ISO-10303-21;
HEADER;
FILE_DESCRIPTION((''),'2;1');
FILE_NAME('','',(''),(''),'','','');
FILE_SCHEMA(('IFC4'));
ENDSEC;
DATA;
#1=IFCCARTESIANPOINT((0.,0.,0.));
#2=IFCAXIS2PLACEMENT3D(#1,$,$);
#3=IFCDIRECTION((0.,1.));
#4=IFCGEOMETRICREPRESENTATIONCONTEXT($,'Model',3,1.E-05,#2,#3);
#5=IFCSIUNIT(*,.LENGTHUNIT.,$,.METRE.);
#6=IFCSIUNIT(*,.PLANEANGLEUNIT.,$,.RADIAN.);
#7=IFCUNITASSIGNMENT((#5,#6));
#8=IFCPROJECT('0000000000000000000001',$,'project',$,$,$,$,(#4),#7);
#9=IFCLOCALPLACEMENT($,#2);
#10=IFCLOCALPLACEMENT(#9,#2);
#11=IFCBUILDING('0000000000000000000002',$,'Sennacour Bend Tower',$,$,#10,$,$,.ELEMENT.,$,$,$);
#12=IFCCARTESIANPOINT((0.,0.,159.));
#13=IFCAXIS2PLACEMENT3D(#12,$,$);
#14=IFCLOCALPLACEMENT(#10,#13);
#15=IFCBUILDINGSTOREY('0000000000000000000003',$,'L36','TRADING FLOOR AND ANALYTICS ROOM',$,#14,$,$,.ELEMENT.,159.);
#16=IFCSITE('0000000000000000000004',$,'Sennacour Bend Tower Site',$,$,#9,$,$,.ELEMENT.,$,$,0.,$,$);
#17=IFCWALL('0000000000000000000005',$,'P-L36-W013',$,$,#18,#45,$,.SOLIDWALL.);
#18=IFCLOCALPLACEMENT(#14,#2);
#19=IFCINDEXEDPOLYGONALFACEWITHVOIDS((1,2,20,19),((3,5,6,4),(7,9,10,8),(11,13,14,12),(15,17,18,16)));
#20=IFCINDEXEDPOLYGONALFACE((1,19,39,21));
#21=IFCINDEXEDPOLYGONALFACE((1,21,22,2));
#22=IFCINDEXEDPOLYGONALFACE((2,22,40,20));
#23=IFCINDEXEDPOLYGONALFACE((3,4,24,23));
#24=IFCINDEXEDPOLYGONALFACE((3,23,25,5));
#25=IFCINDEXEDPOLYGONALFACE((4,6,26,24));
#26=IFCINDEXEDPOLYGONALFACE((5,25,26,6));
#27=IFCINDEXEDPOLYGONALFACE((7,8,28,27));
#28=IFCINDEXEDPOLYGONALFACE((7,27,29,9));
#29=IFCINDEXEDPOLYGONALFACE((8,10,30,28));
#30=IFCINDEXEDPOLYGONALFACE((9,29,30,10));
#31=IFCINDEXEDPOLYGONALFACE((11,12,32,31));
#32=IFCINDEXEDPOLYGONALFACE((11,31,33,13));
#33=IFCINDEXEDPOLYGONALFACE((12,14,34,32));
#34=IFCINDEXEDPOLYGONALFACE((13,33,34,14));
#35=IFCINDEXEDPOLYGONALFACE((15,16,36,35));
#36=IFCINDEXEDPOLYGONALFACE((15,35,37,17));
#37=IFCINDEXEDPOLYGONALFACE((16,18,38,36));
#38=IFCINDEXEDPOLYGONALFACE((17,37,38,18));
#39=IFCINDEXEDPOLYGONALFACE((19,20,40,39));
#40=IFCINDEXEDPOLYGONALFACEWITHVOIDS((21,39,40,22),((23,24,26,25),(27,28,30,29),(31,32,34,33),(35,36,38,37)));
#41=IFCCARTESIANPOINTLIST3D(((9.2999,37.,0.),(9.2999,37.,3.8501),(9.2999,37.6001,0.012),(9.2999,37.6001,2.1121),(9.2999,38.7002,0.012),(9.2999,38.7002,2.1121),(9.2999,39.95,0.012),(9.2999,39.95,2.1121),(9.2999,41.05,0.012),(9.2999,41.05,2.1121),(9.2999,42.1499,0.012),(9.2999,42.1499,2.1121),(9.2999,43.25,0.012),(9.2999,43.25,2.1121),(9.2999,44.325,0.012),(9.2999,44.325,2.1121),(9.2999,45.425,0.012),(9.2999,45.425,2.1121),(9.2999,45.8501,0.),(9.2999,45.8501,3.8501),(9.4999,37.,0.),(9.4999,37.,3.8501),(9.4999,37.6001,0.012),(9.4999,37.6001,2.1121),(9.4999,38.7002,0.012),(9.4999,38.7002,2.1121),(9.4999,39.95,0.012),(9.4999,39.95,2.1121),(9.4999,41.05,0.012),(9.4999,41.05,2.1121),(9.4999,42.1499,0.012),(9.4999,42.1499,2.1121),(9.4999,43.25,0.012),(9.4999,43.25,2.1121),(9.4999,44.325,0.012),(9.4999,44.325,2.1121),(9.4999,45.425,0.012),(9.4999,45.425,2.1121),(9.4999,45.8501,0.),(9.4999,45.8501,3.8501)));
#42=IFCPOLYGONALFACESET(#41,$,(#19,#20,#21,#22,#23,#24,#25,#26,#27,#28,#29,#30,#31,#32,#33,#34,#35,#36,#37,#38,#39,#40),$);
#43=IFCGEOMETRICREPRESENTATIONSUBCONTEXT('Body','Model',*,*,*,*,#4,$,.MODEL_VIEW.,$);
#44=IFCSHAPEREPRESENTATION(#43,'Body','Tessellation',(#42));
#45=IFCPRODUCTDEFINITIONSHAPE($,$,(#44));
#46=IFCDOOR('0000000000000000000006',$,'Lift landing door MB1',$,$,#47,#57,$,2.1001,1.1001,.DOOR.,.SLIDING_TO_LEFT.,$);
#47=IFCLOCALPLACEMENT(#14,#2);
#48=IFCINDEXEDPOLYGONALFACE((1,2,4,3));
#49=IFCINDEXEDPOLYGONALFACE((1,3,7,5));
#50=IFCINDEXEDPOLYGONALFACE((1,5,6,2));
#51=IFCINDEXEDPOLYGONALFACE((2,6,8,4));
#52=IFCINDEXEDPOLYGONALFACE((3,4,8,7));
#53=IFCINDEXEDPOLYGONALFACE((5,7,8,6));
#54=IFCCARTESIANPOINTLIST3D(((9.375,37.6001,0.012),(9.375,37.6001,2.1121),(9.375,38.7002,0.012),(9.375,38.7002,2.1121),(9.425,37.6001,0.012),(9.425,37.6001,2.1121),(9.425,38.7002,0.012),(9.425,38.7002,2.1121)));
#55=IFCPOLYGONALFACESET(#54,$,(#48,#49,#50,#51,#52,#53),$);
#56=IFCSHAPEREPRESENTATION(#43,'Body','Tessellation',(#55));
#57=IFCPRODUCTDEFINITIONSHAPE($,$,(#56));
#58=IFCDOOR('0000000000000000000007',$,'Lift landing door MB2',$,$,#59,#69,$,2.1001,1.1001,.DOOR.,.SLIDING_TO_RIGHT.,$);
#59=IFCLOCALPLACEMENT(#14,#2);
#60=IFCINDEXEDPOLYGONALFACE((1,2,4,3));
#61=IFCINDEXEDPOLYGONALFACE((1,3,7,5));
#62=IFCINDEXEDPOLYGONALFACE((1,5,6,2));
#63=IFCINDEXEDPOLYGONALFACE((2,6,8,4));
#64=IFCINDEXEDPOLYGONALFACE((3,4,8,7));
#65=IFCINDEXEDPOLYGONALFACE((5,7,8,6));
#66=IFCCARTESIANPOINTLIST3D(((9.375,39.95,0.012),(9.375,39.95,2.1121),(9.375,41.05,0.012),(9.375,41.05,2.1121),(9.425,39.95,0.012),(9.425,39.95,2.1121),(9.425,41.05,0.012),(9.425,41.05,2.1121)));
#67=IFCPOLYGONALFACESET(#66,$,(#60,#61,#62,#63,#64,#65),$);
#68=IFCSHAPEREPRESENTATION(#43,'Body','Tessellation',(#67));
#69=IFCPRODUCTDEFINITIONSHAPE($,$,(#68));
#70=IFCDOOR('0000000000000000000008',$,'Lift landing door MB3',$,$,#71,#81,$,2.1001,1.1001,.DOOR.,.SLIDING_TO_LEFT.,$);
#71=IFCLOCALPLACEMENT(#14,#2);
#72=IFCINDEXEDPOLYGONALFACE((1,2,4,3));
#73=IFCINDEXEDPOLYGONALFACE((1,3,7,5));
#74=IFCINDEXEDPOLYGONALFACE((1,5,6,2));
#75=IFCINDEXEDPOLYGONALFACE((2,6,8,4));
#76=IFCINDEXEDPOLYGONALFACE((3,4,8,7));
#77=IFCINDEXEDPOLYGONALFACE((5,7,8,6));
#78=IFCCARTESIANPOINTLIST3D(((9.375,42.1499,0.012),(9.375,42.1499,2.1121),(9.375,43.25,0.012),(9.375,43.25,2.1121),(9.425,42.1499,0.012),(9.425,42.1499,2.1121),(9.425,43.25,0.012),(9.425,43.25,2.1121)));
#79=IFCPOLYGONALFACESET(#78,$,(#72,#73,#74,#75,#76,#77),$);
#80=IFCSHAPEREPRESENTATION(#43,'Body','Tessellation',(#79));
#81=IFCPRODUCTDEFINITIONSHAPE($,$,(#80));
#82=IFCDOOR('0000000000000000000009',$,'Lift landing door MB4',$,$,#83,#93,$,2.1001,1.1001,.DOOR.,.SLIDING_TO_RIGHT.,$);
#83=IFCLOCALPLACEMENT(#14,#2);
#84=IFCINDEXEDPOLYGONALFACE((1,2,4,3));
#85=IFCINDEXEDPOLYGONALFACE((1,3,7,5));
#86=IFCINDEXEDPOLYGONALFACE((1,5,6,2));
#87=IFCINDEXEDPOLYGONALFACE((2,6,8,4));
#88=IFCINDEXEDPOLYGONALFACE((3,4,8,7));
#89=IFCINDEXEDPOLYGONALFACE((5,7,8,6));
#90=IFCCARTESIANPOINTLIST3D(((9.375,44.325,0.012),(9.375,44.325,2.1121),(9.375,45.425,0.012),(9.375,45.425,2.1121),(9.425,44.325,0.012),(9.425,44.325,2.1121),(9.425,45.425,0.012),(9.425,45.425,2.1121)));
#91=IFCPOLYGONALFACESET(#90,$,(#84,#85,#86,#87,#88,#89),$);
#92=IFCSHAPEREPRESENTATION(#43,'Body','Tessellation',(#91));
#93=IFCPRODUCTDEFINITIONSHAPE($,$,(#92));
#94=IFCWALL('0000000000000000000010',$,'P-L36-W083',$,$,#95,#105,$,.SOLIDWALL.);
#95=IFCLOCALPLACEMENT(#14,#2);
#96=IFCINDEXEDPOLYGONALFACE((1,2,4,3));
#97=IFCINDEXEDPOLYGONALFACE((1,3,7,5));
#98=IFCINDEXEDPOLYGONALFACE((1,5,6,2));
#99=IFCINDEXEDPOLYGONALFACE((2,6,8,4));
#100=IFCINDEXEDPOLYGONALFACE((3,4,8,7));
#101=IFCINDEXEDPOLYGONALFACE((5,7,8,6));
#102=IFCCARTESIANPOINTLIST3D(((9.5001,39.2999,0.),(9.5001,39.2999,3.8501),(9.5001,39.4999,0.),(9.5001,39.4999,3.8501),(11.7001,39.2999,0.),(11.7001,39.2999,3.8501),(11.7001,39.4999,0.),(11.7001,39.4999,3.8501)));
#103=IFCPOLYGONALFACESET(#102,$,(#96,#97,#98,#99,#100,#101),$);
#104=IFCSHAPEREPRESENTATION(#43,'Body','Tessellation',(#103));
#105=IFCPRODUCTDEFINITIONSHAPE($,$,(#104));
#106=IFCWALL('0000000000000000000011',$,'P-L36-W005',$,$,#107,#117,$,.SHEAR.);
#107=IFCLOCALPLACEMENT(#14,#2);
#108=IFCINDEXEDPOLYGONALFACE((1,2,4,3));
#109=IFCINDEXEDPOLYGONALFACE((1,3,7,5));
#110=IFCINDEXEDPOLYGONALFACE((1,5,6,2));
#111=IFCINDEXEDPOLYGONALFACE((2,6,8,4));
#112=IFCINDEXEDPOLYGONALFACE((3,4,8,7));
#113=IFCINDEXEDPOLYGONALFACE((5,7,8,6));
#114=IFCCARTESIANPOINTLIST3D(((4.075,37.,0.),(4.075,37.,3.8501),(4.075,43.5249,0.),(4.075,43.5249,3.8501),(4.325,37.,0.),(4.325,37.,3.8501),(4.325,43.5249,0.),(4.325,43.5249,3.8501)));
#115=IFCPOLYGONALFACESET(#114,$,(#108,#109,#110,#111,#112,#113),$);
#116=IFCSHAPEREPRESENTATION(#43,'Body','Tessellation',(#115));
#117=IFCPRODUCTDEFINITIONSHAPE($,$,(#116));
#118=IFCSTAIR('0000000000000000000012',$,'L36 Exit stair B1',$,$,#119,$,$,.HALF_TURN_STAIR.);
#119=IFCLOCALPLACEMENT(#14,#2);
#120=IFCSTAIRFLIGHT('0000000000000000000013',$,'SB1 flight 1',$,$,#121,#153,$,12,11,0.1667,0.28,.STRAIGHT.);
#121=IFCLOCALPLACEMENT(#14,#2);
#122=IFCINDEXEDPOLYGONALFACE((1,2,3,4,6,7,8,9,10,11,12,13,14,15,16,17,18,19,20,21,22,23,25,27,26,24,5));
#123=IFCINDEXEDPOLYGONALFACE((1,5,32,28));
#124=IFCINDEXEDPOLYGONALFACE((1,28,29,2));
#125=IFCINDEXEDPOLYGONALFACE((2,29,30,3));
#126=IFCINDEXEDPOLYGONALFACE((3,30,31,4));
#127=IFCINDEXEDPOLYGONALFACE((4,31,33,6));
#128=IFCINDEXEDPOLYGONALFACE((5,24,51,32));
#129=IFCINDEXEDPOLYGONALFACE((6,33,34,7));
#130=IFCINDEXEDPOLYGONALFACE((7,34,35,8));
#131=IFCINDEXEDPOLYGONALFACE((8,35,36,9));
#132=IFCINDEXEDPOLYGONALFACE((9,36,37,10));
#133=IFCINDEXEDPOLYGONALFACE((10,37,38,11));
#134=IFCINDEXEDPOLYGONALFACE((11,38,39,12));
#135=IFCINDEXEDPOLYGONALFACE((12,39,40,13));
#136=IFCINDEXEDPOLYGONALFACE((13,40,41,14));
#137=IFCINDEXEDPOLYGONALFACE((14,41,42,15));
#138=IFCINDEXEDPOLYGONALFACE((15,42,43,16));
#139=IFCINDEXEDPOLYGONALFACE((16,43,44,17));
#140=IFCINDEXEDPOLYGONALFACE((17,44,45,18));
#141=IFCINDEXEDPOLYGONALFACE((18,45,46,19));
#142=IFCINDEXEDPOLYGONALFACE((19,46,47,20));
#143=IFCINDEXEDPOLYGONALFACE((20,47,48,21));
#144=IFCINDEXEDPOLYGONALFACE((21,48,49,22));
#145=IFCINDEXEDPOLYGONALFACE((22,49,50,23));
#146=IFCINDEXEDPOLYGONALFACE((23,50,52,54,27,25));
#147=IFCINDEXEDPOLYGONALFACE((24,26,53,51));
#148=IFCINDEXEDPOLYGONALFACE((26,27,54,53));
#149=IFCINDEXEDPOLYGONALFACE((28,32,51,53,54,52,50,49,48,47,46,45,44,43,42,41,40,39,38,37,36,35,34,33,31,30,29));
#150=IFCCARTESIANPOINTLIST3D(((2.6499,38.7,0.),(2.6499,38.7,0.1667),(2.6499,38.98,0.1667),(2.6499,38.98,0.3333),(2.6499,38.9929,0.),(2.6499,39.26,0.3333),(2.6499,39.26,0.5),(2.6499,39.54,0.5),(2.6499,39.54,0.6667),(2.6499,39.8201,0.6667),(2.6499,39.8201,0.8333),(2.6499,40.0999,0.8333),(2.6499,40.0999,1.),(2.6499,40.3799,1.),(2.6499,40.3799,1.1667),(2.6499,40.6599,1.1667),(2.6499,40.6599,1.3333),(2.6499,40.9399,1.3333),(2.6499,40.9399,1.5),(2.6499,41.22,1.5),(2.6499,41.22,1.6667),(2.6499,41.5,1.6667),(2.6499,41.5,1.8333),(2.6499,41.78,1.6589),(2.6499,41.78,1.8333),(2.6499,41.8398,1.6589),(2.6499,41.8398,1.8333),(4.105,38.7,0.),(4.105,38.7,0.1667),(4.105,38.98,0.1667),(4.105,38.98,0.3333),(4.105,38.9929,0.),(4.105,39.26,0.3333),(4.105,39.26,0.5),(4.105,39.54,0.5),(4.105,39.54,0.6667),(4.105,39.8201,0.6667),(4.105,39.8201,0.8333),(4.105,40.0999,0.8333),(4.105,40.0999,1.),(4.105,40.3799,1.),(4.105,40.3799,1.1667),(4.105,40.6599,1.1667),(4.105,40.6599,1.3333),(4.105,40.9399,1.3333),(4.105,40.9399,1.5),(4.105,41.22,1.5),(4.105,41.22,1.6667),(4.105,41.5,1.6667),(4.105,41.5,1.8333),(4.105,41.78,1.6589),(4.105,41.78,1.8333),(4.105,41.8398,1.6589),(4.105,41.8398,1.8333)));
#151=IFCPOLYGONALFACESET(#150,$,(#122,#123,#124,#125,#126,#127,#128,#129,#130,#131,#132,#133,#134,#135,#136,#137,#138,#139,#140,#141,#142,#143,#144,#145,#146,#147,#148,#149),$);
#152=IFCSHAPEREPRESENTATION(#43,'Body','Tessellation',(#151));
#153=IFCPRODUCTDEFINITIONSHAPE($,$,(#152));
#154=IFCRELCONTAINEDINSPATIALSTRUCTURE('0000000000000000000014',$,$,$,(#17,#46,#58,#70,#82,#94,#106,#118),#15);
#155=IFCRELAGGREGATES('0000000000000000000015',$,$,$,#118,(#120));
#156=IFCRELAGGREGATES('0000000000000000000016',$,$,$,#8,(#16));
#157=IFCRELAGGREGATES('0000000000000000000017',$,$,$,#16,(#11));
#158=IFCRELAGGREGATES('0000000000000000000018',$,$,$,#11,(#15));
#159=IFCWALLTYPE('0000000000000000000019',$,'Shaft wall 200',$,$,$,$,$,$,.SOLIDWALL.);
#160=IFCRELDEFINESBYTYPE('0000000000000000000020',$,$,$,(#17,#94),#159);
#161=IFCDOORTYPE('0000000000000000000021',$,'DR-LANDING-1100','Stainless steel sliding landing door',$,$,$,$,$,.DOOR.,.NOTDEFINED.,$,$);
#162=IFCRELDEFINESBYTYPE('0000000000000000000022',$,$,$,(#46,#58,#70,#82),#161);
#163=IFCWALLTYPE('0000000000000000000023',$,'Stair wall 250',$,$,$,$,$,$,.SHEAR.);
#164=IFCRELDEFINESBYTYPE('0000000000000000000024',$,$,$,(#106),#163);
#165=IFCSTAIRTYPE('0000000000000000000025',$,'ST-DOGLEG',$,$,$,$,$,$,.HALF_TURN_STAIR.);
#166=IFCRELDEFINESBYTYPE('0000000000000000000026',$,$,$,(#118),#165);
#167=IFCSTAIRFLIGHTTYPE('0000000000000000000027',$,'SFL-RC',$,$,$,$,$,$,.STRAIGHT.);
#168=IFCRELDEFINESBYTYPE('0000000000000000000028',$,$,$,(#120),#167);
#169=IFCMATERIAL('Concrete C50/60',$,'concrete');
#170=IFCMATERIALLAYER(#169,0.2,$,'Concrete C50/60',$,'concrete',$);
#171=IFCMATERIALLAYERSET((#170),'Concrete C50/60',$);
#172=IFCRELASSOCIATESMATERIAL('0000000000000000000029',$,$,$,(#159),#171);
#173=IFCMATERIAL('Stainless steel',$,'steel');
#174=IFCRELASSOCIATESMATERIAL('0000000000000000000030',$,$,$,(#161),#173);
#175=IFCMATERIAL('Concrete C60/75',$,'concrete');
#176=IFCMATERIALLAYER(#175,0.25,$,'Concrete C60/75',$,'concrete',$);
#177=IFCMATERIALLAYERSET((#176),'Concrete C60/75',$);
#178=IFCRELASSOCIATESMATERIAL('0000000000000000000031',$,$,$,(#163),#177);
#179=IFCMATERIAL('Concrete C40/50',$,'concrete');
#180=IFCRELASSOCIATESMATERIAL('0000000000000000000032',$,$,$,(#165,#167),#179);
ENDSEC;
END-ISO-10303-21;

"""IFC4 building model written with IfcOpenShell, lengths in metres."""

from ifc_helpers import new_model, si_unit, direction, frame, frame_2d, origin, place, context, subcontext, project, spatial, polyline, rectangle, outline, extrude, material, layer, layer_set, type_object, element, fill, aggregate, save


model = new_model("IFC4")

# Units and contexts
model_context = context("Model", 3, precision=1e-05, world=origin(), true_north=direction((0.0, 1.0)))
body_context = subcontext(model_context, "Body", "Model", "MODEL_VIEW")
ifc_project = project(units=[si_unit("LENGTHUNIT", "METRE"), si_unit("PLANEANGLEUNIT", "RADIAN")], contexts=[model_context])

# Site, building, storey
site_placement = place(None, origin())
site = spatial("IfcSite", under=ifc_project, at=site_placement, Name="Sennacour Bend Tower Site", CompositionType="ELEMENT", RefElevation=0.0)
building_placement = place(site_placement, origin())
building = spatial("IfcBuilding", under=site, at=building_placement, Name="Sennacour Bend Tower", CompositionType="ELEMENT")
storey_placement = place(building_placement, frame((0.0, 0.0, 159.0)))
storey = spatial("IfcBuildingStorey", under=building, at=storey_placement, Name="L36", Description="TRADING FLOOR AND ANALYTICS ROOM", CompositionType="ELEMENT", Elevation=159.0)

# Shared definitions
ifc_material_1 = material(Name="Concrete C60/75", Category="concrete")

# Wall, openings, doors
ifc_material_2 = material(Name="Concrete C50/60", Category="concrete")
ifc_layer_1 = layer(ifc_material_2, 0.2, Name="Concrete C50/60", Category="concrete")
ifc_layer_set_1 = layer_set([ifc_layer_1], Name="Concrete C50/60")
wall_type_1 = type_object("IfcWallType", Name="Shaft wall 200", PredefinedType="SOLIDWALL", material=ifc_layer_set_1)
wall_1_placement = place(storey_placement, frame((9.3999, 37.0, 0.0), z_axis=(0.0, 0.0, 1.0), x_axis=(0.0, 1.0, 0.0)))
wall_1 = element("IfcWall", 1, at=wall_1_placement, inside=storey, type_object=wall_type_1, Name="P-L36-W013", PredefinedType="SOLIDWALL", context=body_context, shape_type="SweptSolid", body=[
    extrude(rectangle(XDim=8.8501, YDim=0.2, at=frame_2d((4.425, 0.0))), origin(), (0.0, 0.0, 1.0), 3.8501),
])
opening_1_placement = place(wall_1_placement, frame((0.6001, 0.0, 0.012)))
opening_1 = element("IfcOpeningElement", 2, at=opening_1_placement, cuts=wall_1, PredefinedType="OPENING", context=body_context, shape_type="SweptSolid", body=[
    extrude(rectangle(XDim=1.1001, YDim=2.1001, at=frame_2d((0.55, 1.05))), frame((0.0, 0.1099, 0.0), z_axis=(0.0, -1.0, 0.0), x_axis=(1.0, 0.0, 0.0)), (0.0, 0.0, 1.0), 0.22),
])
opening_2_placement = place(wall_1_placement, frame((2.95, 0.0, 0.012)))
opening_2 = element("IfcOpeningElement", 3, at=opening_2_placement, cuts=wall_1, PredefinedType="OPENING", context=body_context, shape_type="SweptSolid", body=[
    extrude(rectangle(XDim=1.1001, YDim=2.1001, at=frame_2d((0.55, 1.05))), frame((0.0, 0.1099, 0.0), z_axis=(0.0, -1.0, 0.0), x_axis=(1.0, 0.0, 0.0)), (0.0, 0.0, 1.0), 0.22),
])
opening_3_placement = place(wall_1_placement, frame((5.1499, 0.0, 0.012)))
opening_3 = element("IfcOpeningElement", 4, at=opening_3_placement, cuts=wall_1, PredefinedType="OPENING", context=body_context, shape_type="SweptSolid", body=[
    extrude(rectangle(XDim=1.1001, YDim=2.1001, at=frame_2d((0.55, 1.05))), frame((0.0, 0.1099, 0.0), z_axis=(0.0, -1.0, 0.0), x_axis=(1.0, 0.0, 0.0)), (0.0, 0.0, 1.0), 0.22),
])
opening_4_placement = place(wall_1_placement, frame((7.325, 0.0, 0.012)))
opening_4 = element("IfcOpeningElement", 5, at=opening_4_placement, cuts=wall_1, PredefinedType="OPENING", context=body_context, shape_type="SweptSolid", body=[
    extrude(rectangle(XDim=1.1001, YDim=2.1001, at=frame_2d((0.55, 1.05))), frame((0.0, 0.1099, 0.0), z_axis=(0.0, -1.0, 0.0), x_axis=(1.0, 0.0, 0.0)), (0.0, 0.0, 1.0), 0.22),
])
ifc_material_3 = material(Name="Stainless steel", Category="steel")
door_type_1 = type_object("IfcDoorType", Name="DR-LANDING-1100", Description="Stainless steel sliding landing door", OperationType="NOTDEFINED", PredefinedType="DOOR", material=ifc_material_3)
door_1_placement = place(opening_1_placement, origin())
door_1 = element("IfcDoor", 6, at=door_1_placement, inside=storey, type_object=door_type_1, Name="Lift landing door MB1", OperationType="SLIDING_TO_LEFT", OverallHeight=2.1001, OverallWidth=1.1001, PredefinedType="DOOR", context=body_context, shape_type="SweptSolid", body=[
    extrude(rectangle(XDim=1.1001, YDim=2.1001, at=frame_2d((0.55, 1.05))), frame((0.0, 0.0249, 0.0), z_axis=(0.0, -1.0, 0.0), x_axis=(1.0, 0.0, 0.0)), (0.0, 0.0, 1.0), 0.05),
])
fill(opening_1, door_1)
door_2_placement = place(opening_2_placement, origin())
door_2 = element("IfcDoor", 7, at=door_2_placement, inside=storey, type_object=door_type_1, Name="Lift landing door MB2", OperationType="SLIDING_TO_RIGHT", OverallHeight=2.1001, OverallWidth=1.1001, PredefinedType="DOOR", context=body_context, shape_type="SweptSolid", body=[
    extrude(rectangle(XDim=1.1001, YDim=2.1001, at=frame_2d((0.55, 1.05))), frame((0.0, 0.0249, 0.0), z_axis=(0.0, -1.0, 0.0), x_axis=(1.0, 0.0, 0.0)), (0.0, 0.0, 1.0), 0.05),
])
fill(opening_2, door_2)
door_3_placement = place(opening_3_placement, origin())
door_3 = element("IfcDoor", 8, at=door_3_placement, inside=storey, type_object=door_type_1, Name="Lift landing door MB3", OperationType="SLIDING_TO_LEFT", OverallHeight=2.1001, OverallWidth=1.1001, PredefinedType="DOOR", context=body_context, shape_type="SweptSolid", body=[
    extrude(rectangle(XDim=1.1001, YDim=2.1001, at=frame_2d((0.55, 1.05))), frame((0.0, 0.0249, 0.0), z_axis=(0.0, -1.0, 0.0), x_axis=(1.0, 0.0, 0.0)), (0.0, 0.0, 1.0), 0.05),
])
fill(opening_3, door_3)
door_4_placement = place(opening_4_placement, origin())
door_4 = element("IfcDoor", 9, at=door_4_placement, inside=storey, type_object=door_type_1, Name="Lift landing door MB4", OperationType="SLIDING_TO_RIGHT", OverallHeight=2.1001, OverallWidth=1.1001, PredefinedType="DOOR", context=body_context, shape_type="SweptSolid", body=[
    extrude(rectangle(XDim=1.1001, YDim=2.1001, at=frame_2d((0.55, 1.05))), frame((0.0, 0.0249, 0.0), z_axis=(0.0, -1.0, 0.0), x_axis=(1.0, 0.0, 0.0)), (0.0, 0.0, 1.0), 0.05),
])
fill(opening_4, door_4)

# Walls
wall_2_placement = place(storey_placement, frame((9.5, 39.3999, 0.0), z_axis=(0.0, 0.0, 1.0), x_axis=(1.0, 0.0, 0.0)))
element("IfcWall", 10, at=wall_2_placement, inside=storey, type_object=wall_type_1, Name="P-L36-W083", PredefinedType="SOLIDWALL", context=body_context, shape_type="SweptSolid", body=[
    extrude(rectangle(XDim=2.2, YDim=0.2, at=frame_2d((1.1001, 0.0))), origin(), (0.0, 0.0, 1.0), 3.8501),
])
ifc_layer_2 = layer(ifc_material_1, 0.25, Name="Concrete C60/75", Category="concrete")
ifc_layer_set_2 = layer_set([ifc_layer_2], Name="Concrete C60/75")
wall_type_2 = type_object("IfcWallType", Name="Stair wall 250", PredefinedType="SHEAR", material=ifc_layer_set_2)
wall_3_placement = place(storey_placement, frame((4.2, 37.0, 0.0), z_axis=(0.0, 0.0, 1.0), x_axis=(0.0, 1.0, 0.0)))
element("IfcWall", 11, at=wall_3_placement, inside=storey, type_object=wall_type_2, Name="P-L36-W005", PredefinedType="SHEAR", context=body_context, shape_type="SweptSolid", body=[
    extrude(rectangle(XDim=6.5249, YDim=0.25, at=frame_2d((3.2625, 0.0))), origin(), (0.0, 0.0, 1.0), 3.8501),
])

# Stair, stair flight
ifc_material_4 = material(Name="Concrete C40/50", Category="concrete")
stair_type = type_object("IfcStairType", Name="ST-DOGLEG", PredefinedType="HALF_TURN_STAIR", material=ifc_material_4)
stair_placement = place(storey_placement, origin())
stair = element("IfcStair", 12, at=stair_placement, inside=storey, type_object=stair_type, Name="L36 Exit stair B1", PredefinedType="HALF_TURN_STAIR")
stair_flight_type = type_object("IfcStairFlightType", Name="SFL-RC", PredefinedType="STRAIGHT", material=ifc_material_4)
stair_flight_placement = place(storey_placement, frame((3.3774, 38.7, 0.0), z_axis=(0.0, 0.0, 1.0), x_axis=(0.0, 1.0, 0.0)))
stair_flight = element("IfcStairFlight", 13, at=stair_flight_placement, type_object=stair_flight_type, Name="SB1 flight 1", NumberOfRisers=12, NumberOfTreads=11, PredefinedType="STRAIGHT", RiserHeight=0.1667, TreadLength=0.28, context=body_context, shape_type="SweptSolid", body=[
    extrude(outline(polyline([(0.0, 0.0), (0.0, 0.1667), (0.28, 0.1667), (0.28, 0.3333), (0.5601, 0.3333), (0.5601, 0.5), (0.8401, 0.5), (0.8401, 0.6667), (1.1201, 0.6667), (1.1201, 0.8333), (1.3999, 0.8333), (1.3999, 1.0), (1.6799, 1.0), (1.6799, 1.1667), (1.96, 1.1667), (1.96, 1.3333), (2.24, 1.3333), (2.24, 1.5), (2.52, 1.5), (2.52, 1.6667), (2.8, 1.6667), (2.8, 1.8333), (3.0801, 1.8333), (3.1399, 1.8333), (3.1399, 1.6589), (3.0801, 1.6589), (0.293, 0.0), (0.0, 0.0)])), frame((0.0, 0.7275, 0.0), z_axis=(0.0, -1.0, 0.0), x_axis=(1.0, 0.0, 0.0)), (0.0, 0.0, 1.0), 1.4551),
])
aggregate(stair, [stair_flight])

save(model, "model.ifc")
